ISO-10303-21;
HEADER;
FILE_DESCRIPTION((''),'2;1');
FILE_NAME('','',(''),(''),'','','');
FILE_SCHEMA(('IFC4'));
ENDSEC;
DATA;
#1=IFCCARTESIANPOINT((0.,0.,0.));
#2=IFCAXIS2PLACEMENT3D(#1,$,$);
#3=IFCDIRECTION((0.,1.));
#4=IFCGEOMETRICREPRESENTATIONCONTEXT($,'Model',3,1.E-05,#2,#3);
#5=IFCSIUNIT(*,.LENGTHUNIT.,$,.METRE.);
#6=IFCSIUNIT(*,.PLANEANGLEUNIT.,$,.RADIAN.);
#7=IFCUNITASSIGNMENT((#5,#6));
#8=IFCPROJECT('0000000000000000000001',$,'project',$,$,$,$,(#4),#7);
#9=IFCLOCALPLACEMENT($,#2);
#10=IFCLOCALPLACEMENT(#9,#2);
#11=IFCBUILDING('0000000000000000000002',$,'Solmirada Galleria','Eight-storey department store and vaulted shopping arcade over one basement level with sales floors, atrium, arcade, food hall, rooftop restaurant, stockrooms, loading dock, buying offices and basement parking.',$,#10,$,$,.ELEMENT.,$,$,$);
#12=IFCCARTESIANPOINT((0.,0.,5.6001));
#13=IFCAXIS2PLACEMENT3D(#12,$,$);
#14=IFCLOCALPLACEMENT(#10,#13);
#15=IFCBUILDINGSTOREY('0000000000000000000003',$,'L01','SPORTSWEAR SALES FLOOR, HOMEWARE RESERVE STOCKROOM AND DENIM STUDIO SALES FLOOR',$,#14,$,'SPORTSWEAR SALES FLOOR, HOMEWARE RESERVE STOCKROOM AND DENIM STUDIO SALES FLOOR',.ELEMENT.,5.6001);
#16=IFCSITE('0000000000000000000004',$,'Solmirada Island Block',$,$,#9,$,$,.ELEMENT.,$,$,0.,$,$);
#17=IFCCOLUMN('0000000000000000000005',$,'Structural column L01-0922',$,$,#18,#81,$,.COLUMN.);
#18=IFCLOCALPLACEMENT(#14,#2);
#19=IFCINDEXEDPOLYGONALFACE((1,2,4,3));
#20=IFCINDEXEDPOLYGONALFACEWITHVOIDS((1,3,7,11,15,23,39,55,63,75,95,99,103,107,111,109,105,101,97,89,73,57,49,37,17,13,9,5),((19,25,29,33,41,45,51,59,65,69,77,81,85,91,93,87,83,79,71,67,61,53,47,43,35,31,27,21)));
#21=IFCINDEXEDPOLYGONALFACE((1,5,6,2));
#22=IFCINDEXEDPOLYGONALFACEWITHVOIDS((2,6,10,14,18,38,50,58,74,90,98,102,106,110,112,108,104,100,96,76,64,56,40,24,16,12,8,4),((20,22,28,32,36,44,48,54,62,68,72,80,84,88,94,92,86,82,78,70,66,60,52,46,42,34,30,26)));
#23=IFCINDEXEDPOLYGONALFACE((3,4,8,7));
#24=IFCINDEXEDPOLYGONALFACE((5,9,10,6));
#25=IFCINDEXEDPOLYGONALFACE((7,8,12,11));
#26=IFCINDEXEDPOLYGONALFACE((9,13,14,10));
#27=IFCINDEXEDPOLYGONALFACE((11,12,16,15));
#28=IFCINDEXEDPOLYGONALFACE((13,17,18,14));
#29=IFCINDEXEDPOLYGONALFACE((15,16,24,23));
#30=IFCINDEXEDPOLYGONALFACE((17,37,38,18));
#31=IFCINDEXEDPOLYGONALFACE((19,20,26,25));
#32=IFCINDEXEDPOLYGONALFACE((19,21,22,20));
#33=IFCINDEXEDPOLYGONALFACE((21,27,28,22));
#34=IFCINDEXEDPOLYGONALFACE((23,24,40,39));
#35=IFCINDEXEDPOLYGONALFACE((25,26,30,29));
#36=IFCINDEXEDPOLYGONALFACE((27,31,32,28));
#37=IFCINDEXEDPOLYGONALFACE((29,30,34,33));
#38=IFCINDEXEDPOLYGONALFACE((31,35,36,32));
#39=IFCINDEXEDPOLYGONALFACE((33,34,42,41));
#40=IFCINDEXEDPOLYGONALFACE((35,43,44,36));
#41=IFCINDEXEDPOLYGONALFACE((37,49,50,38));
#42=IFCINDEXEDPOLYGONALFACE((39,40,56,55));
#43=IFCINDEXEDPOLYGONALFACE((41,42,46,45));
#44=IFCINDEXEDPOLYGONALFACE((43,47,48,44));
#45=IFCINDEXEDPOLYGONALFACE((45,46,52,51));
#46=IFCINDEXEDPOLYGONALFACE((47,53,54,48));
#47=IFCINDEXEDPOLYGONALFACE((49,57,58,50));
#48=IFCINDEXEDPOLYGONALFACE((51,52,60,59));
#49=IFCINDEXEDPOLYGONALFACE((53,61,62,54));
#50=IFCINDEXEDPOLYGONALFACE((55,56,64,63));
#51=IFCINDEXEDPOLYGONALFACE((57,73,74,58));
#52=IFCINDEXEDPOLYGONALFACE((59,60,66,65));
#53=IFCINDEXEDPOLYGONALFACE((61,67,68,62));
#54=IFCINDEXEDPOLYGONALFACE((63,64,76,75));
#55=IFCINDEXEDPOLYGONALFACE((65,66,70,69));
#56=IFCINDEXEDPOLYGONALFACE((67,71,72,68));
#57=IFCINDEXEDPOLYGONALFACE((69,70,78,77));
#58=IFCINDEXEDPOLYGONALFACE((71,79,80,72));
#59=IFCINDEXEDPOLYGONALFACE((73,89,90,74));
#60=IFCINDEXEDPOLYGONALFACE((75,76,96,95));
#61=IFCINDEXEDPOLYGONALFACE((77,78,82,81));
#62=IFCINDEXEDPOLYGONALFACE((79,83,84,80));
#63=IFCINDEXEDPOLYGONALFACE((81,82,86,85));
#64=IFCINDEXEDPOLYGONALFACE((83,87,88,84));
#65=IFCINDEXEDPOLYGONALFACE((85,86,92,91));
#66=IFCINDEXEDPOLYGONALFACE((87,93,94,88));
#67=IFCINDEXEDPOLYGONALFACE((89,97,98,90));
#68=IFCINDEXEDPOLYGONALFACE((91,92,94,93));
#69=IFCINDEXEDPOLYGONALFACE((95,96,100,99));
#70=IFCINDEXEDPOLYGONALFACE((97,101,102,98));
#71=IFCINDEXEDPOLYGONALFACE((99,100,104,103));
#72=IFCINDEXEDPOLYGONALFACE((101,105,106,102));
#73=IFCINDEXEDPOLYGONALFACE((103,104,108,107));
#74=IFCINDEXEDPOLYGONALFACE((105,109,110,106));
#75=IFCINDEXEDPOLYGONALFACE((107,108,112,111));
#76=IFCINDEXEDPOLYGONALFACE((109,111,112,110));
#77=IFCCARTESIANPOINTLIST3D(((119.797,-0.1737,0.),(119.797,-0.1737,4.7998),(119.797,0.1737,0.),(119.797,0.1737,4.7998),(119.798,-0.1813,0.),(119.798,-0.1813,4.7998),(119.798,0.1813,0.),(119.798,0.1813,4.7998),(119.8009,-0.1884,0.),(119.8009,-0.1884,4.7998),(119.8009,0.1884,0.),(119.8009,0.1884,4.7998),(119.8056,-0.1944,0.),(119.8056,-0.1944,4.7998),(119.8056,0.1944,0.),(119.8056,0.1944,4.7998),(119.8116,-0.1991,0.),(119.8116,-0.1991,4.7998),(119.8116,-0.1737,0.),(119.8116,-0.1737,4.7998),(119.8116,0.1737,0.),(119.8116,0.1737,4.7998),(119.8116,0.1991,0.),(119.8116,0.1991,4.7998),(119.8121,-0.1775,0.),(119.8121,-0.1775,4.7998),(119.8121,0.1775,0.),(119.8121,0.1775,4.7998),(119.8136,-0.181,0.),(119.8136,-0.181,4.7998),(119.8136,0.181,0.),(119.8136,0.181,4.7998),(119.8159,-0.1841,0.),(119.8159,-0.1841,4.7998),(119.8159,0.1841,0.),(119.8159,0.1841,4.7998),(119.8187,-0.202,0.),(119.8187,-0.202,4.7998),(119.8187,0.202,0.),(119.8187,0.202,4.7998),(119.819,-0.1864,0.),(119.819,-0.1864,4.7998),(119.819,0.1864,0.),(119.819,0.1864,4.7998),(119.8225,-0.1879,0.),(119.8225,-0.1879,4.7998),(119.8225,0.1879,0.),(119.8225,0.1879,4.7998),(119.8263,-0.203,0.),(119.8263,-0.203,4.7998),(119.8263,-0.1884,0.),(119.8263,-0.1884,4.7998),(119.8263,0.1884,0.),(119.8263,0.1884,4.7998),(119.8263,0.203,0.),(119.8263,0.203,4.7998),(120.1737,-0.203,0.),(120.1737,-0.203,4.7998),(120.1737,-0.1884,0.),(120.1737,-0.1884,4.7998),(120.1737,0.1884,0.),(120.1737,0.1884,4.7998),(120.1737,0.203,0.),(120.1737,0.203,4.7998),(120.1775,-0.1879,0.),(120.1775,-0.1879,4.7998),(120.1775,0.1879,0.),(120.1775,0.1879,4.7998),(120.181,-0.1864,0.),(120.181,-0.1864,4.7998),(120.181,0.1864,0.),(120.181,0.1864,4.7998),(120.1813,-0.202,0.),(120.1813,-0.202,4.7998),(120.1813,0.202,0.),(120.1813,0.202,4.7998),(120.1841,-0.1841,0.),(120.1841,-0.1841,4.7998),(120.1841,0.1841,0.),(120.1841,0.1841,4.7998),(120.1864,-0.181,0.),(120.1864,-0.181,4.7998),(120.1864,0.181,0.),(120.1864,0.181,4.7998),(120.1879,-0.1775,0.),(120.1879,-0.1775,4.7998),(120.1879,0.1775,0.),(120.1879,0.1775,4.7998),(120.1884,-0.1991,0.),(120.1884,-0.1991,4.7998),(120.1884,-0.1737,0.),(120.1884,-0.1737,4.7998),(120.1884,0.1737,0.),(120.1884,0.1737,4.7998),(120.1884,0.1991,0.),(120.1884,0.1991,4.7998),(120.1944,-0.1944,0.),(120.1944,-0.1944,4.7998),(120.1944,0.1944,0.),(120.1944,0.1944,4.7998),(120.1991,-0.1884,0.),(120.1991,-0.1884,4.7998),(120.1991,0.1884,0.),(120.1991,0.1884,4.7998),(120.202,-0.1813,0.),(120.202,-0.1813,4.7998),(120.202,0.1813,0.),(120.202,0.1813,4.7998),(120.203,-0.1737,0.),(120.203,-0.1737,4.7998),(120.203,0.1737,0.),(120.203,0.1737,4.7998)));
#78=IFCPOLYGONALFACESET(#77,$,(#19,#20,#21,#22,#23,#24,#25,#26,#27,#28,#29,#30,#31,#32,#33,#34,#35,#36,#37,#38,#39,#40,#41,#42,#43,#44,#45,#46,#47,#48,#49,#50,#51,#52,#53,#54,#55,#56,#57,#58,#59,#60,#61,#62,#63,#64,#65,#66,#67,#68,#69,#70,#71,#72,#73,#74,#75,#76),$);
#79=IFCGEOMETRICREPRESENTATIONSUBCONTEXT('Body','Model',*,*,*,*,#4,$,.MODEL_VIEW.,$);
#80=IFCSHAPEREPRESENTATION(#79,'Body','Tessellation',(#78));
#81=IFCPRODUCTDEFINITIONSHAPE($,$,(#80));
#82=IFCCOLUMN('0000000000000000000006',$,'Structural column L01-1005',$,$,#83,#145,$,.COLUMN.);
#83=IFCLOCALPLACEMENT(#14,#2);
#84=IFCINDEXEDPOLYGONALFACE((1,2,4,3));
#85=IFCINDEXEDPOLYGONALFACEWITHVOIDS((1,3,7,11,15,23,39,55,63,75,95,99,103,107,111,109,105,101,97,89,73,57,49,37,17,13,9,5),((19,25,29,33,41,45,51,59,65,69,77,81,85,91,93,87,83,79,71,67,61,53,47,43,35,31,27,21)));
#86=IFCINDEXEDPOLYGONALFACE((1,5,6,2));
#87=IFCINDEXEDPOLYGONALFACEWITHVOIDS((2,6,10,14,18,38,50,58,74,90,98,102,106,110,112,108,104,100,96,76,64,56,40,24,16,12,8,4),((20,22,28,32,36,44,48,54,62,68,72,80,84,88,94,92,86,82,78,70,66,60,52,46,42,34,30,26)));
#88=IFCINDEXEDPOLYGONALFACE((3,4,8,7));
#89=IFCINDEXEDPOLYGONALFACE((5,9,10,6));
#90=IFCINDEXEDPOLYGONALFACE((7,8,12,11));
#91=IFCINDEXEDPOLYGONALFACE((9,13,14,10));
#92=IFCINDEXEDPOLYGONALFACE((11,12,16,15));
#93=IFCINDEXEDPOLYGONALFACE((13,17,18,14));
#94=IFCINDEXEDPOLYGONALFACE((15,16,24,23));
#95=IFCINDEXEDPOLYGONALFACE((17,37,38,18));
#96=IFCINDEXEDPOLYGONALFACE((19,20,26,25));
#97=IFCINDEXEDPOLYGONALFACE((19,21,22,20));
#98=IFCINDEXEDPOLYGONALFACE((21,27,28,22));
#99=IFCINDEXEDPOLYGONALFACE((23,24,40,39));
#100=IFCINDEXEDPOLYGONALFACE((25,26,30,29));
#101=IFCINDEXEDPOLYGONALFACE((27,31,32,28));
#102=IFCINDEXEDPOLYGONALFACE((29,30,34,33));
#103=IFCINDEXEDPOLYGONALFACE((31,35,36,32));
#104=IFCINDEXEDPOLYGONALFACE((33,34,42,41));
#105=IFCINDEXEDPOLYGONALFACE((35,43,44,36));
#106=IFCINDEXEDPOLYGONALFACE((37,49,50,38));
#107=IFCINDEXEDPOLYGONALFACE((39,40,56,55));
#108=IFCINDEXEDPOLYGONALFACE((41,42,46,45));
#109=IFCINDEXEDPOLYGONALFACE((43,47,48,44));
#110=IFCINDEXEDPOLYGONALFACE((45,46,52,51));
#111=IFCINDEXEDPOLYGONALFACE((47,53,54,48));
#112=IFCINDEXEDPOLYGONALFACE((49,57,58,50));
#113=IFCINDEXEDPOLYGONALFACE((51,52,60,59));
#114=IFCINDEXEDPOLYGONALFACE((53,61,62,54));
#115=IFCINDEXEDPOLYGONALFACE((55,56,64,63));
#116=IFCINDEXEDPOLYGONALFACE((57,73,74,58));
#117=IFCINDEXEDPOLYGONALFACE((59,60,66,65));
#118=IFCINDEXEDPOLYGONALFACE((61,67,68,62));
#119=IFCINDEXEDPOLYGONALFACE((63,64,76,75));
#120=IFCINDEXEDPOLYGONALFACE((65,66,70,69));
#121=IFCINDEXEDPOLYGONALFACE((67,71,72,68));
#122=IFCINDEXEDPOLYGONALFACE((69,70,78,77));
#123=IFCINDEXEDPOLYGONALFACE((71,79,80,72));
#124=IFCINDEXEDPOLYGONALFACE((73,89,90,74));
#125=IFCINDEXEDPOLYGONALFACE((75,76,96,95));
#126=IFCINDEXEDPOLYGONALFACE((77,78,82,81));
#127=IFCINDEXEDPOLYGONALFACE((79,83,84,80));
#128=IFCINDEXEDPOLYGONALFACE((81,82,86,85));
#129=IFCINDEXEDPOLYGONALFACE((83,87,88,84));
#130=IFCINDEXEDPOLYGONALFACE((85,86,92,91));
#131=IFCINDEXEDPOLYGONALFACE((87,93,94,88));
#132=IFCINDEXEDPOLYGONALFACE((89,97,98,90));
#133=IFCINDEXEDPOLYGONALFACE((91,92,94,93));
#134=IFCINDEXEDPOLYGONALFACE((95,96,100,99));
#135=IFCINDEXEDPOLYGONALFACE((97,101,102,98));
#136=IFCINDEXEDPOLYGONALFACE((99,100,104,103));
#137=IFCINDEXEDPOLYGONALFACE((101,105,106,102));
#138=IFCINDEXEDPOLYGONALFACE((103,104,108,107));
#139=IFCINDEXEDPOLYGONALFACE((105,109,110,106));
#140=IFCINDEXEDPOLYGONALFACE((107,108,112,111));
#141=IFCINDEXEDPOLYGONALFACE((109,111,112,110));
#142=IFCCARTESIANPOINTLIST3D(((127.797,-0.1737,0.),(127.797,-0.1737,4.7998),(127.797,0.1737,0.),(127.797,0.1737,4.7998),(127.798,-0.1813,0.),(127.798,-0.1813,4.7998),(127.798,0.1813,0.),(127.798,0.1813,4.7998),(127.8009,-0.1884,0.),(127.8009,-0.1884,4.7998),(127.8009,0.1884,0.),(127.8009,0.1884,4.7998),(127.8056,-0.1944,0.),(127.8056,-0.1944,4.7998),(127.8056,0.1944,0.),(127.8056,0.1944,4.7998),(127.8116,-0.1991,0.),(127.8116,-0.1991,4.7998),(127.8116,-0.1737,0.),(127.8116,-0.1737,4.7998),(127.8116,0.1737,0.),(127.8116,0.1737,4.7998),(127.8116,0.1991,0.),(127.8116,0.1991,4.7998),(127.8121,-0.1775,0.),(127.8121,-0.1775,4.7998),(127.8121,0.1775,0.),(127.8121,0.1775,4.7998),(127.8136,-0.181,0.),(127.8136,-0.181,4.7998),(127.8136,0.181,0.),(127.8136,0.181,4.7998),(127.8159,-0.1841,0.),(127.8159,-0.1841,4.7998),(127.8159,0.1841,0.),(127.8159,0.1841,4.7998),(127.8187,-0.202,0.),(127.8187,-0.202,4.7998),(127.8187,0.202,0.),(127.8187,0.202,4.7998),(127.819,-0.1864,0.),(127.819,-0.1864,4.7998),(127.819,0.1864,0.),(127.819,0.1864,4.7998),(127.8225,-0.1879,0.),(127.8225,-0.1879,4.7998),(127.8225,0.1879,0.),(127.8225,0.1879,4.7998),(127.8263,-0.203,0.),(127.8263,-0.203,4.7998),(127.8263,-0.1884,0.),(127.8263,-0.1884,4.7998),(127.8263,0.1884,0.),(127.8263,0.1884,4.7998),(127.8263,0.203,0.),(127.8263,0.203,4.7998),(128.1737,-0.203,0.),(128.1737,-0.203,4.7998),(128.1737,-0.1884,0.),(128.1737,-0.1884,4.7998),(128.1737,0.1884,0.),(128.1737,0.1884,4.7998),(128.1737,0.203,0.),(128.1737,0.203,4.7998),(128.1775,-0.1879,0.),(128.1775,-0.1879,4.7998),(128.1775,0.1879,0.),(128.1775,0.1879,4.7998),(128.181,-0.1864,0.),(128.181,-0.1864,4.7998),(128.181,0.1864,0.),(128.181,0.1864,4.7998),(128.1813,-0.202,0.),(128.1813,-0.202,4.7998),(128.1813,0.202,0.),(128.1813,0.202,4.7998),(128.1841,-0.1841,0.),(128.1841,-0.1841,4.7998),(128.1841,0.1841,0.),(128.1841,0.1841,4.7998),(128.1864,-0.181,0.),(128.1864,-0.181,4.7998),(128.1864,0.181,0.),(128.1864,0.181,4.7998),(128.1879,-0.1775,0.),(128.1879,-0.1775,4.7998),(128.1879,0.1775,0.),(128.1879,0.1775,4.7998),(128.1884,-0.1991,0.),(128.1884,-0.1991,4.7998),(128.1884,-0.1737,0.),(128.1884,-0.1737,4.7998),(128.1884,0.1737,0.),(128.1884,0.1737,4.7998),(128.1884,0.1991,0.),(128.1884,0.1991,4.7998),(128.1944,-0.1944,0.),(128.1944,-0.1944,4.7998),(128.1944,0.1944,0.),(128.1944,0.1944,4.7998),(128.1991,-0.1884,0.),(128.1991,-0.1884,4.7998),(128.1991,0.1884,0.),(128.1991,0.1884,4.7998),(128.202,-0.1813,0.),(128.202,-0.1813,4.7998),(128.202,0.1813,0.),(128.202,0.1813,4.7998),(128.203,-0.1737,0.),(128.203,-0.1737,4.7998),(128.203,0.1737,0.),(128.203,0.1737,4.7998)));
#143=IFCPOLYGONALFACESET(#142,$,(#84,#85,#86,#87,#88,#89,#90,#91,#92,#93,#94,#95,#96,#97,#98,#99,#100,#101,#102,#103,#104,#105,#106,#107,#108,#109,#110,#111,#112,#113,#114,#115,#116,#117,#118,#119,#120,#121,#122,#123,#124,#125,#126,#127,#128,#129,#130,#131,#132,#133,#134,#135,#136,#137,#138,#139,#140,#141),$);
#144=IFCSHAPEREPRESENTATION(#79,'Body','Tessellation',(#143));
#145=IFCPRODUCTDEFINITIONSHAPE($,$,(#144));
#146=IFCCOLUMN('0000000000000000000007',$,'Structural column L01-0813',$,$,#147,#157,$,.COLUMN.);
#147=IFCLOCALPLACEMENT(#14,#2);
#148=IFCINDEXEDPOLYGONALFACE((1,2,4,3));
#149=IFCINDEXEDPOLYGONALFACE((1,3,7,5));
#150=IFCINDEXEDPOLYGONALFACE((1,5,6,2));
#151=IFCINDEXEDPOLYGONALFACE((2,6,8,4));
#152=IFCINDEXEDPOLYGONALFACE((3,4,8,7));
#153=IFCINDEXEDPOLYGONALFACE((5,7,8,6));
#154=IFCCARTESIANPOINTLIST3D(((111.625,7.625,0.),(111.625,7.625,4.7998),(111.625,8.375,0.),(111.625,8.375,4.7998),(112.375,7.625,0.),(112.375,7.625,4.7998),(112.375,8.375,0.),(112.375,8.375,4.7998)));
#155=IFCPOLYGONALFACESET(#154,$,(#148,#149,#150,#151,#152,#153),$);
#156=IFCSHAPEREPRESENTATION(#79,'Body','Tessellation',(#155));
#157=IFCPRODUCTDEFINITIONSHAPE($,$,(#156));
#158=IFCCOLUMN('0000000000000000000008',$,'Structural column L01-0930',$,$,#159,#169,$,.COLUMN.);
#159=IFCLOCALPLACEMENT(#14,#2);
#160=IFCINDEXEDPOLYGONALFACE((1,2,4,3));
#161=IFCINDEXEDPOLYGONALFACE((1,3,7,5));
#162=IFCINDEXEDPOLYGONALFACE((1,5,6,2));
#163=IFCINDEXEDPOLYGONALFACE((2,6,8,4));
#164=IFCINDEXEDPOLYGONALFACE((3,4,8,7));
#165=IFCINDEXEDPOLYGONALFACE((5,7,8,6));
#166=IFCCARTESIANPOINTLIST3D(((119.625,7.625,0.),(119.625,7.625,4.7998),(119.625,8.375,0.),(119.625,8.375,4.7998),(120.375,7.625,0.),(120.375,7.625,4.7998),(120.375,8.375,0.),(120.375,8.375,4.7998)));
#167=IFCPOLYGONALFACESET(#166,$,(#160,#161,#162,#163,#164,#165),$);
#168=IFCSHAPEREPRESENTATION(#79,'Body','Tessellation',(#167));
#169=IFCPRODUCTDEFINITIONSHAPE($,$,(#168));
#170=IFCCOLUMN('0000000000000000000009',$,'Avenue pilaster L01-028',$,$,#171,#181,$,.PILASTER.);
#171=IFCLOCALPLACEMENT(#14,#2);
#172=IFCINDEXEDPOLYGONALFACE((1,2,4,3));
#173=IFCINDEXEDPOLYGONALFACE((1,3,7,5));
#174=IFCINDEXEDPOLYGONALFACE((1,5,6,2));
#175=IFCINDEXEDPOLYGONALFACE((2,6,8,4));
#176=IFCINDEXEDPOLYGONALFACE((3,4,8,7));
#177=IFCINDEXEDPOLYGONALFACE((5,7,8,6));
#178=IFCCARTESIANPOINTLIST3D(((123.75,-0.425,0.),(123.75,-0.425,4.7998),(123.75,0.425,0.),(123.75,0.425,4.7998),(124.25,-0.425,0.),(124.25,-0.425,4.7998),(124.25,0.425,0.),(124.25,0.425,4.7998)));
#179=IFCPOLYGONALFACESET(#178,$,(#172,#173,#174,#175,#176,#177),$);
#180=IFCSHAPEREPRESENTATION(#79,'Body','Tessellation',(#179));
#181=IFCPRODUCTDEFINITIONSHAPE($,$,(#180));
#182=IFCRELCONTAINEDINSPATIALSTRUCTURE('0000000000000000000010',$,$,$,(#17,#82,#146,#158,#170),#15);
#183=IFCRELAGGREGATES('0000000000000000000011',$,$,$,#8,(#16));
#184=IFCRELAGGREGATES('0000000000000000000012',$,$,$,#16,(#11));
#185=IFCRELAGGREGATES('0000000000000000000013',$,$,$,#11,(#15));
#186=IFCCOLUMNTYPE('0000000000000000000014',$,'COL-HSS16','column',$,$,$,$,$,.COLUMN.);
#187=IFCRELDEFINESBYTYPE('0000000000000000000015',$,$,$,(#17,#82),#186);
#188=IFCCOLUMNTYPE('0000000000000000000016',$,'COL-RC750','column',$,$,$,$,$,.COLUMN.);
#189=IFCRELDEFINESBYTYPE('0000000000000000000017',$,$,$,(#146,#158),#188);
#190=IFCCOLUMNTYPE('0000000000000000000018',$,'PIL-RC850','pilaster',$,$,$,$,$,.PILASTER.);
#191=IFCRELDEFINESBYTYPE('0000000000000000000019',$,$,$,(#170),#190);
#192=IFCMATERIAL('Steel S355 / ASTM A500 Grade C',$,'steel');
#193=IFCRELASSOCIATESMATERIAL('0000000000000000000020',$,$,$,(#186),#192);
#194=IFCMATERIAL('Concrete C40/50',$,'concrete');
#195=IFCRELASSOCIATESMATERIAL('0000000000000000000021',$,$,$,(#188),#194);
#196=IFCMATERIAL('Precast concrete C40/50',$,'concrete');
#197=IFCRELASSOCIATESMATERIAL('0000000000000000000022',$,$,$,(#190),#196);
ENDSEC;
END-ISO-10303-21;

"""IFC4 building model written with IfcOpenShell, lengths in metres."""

from ifc_helpers import new_model, si_unit, direction, frame, origin, origin_2d, place, context, subcontext, project, spatial, rectangle, hollow_rectangle, extrude, material, material_profile, profile_set, type_object, element, save


model = new_model("IFC4")

# Units and contexts
model_context = context("Model", 3, precision=1e-05, world=origin(), true_north=direction((0.0, 1.0)))
body_context = subcontext(model_context, "Body", "Model", "MODEL_VIEW")
ifc_project = project(units=[si_unit("LENGTHUNIT", "METRE"), si_unit("PLANEANGLEUNIT", "RADIAN")], contexts=[model_context])

# Site, building, storey
site_placement = place(None, origin())
site = spatial("IfcSite", under=ifc_project, at=site_placement, Name="Solmirada Island Block", CompositionType="ELEMENT", RefElevation=0.0)
building_placement = place(site_placement, origin())
building = spatial("IfcBuilding", under=site, at=building_placement, Name="Solmirada Galleria", Description="Eight-storey department store and vaulted shopping arcade over one basement level with sales floors, atrium, arcade, food hall, rooftop restaurant, stockrooms, loading dock, buying offices and basement parking.", CompositionType="ELEMENT")
storey_placement = place(building_placement, frame((0.0, 0.0, 5.6001)))
storey = spatial("IfcBuildingStorey", under=building, at=storey_placement, Name="L01", Description="SPORTSWEAR SALES FLOOR, HOMEWARE RESERVE STOCKROOM AND DENIM STUDIO SALES FLOOR", LongName="SPORTSWEAR SALES FLOOR, HOMEWARE RESERVE STOCKROOM AND DENIM STUDIO SALES FLOOR", CompositionType="ELEMENT", Elevation=5.6001)

# Columns
ifc_material_1 = material(Name="Steel S355 / ASTM A500 Grade C", Category="steel")
ifc_material_profile_1 = material_profile(ifc_material_1, hollow_rectangle(XDim=0.406, YDim=0.406, WallThickness=0.0146, InnerFilletRadius=0.0146, OuterFilletRadius=0.0293, at=origin_2d()), Name="HSS16X16X5/8")
ifc_profile_set_1 = profile_set([ifc_material_profile_1], Name="Steel S355 / ASTM A500 Grade C")
column_type_1 = type_object("IfcColumnType", Name="COL-HSS16", Description="column", PredefinedType="COLUMN", material=ifc_profile_set_1)
for number, where, z_axis, x_axis, name in (
    (1, (120.0, 0.0, 0.0), (0.0, 0.0, 1.0), (1.0, 0.0, 0.0), "Structural column L01-0922"),
    (2, (128.0, 0.0, 0.0), (0.0, 0.0, 1.0), (1.0, 0.0, 0.0), "Structural column L01-1005"),
):
    element("IfcColumn", number, at=place(storey_placement, frame(where, z_axis=z_axis, x_axis=x_axis)), inside=storey, type_object=column_type_1, Name=name, PredefinedType="COLUMN", context=body_context, shape_type="SweptSolid", body=[
        extrude(hollow_rectangle(XDim=0.406, YDim=0.406, WallThickness=0.0146, InnerFilletRadius=0.0146, OuterFilletRadius=0.0293, at=origin_2d()), origin(), (0.0, 0.0, 1.0), 4.7998),
    ])
ifc_material_2 = material(Name="Concrete C40/50", Category="concrete")
ifc_material_profile_2 = material_profile(ifc_material_2, rectangle(XDim=0.75, YDim=0.75, at=origin_2d()), Name="RC750X750")
ifc_profile_set_2 = profile_set([ifc_material_profile_2], Name="Concrete C40/50")
column_type_2 = type_object("IfcColumnType", Name="COL-RC750", Description="column", PredefinedType="COLUMN", material=ifc_profile_set_2)
for number, where, z_axis, x_axis, name in (
    (3, (112.0, 8.0, 0.0), (0.0, 0.0, 1.0), (1.0, 0.0, 0.0), "Structural column L01-0813"),
    (4, (120.0, 8.0, 0.0), (0.0, 0.0, 1.0), (1.0, 0.0, 0.0), "Structural column L01-0930"),
):
    element("IfcColumn", number, at=place(storey_placement, frame(where, z_axis=z_axis, x_axis=x_axis)), inside=storey, type_object=column_type_2, Name=name, PredefinedType="COLUMN", context=body_context, shape_type="SweptSolid", body=[
        extrude(rectangle(XDim=0.75, YDim=0.75, at=origin_2d()), origin(), (0.0, 0.0, 1.0), 4.7998),
    ])
ifc_material_3 = material(Name="Precast concrete C40/50", Category="concrete")
ifc_material_profile_3 = material_profile(ifc_material_3, rectangle(XDim=0.5, YDim=0.8501, at=origin_2d()), Name="RC850X500")
ifc_profile_set_3 = profile_set([ifc_material_profile_3], Name="Precast concrete C40/50")
column_type_3 = type_object("IfcColumnType", Name="PIL-RC850", Description="pilaster", PredefinedType="PILASTER", material=ifc_profile_set_3)
column_placement = place(storey_placement, frame((124.0, 0.0, 0.0), z_axis=(0.0, 0.0, 1.0), x_axis=(1.0, 0.0, 0.0)))
element("IfcColumn", 5, at=column_placement, inside=storey, type_object=column_type_3, Name="Avenue pilaster L01-028", PredefinedType="PILASTER", context=body_context, shape_type="SweptSolid", body=[
    extrude(rectangle(XDim=0.5, YDim=0.8501, at=origin_2d()), origin(), (0.0, 0.0, 1.0), 4.7998),
])

save(model, "model.ifc")
